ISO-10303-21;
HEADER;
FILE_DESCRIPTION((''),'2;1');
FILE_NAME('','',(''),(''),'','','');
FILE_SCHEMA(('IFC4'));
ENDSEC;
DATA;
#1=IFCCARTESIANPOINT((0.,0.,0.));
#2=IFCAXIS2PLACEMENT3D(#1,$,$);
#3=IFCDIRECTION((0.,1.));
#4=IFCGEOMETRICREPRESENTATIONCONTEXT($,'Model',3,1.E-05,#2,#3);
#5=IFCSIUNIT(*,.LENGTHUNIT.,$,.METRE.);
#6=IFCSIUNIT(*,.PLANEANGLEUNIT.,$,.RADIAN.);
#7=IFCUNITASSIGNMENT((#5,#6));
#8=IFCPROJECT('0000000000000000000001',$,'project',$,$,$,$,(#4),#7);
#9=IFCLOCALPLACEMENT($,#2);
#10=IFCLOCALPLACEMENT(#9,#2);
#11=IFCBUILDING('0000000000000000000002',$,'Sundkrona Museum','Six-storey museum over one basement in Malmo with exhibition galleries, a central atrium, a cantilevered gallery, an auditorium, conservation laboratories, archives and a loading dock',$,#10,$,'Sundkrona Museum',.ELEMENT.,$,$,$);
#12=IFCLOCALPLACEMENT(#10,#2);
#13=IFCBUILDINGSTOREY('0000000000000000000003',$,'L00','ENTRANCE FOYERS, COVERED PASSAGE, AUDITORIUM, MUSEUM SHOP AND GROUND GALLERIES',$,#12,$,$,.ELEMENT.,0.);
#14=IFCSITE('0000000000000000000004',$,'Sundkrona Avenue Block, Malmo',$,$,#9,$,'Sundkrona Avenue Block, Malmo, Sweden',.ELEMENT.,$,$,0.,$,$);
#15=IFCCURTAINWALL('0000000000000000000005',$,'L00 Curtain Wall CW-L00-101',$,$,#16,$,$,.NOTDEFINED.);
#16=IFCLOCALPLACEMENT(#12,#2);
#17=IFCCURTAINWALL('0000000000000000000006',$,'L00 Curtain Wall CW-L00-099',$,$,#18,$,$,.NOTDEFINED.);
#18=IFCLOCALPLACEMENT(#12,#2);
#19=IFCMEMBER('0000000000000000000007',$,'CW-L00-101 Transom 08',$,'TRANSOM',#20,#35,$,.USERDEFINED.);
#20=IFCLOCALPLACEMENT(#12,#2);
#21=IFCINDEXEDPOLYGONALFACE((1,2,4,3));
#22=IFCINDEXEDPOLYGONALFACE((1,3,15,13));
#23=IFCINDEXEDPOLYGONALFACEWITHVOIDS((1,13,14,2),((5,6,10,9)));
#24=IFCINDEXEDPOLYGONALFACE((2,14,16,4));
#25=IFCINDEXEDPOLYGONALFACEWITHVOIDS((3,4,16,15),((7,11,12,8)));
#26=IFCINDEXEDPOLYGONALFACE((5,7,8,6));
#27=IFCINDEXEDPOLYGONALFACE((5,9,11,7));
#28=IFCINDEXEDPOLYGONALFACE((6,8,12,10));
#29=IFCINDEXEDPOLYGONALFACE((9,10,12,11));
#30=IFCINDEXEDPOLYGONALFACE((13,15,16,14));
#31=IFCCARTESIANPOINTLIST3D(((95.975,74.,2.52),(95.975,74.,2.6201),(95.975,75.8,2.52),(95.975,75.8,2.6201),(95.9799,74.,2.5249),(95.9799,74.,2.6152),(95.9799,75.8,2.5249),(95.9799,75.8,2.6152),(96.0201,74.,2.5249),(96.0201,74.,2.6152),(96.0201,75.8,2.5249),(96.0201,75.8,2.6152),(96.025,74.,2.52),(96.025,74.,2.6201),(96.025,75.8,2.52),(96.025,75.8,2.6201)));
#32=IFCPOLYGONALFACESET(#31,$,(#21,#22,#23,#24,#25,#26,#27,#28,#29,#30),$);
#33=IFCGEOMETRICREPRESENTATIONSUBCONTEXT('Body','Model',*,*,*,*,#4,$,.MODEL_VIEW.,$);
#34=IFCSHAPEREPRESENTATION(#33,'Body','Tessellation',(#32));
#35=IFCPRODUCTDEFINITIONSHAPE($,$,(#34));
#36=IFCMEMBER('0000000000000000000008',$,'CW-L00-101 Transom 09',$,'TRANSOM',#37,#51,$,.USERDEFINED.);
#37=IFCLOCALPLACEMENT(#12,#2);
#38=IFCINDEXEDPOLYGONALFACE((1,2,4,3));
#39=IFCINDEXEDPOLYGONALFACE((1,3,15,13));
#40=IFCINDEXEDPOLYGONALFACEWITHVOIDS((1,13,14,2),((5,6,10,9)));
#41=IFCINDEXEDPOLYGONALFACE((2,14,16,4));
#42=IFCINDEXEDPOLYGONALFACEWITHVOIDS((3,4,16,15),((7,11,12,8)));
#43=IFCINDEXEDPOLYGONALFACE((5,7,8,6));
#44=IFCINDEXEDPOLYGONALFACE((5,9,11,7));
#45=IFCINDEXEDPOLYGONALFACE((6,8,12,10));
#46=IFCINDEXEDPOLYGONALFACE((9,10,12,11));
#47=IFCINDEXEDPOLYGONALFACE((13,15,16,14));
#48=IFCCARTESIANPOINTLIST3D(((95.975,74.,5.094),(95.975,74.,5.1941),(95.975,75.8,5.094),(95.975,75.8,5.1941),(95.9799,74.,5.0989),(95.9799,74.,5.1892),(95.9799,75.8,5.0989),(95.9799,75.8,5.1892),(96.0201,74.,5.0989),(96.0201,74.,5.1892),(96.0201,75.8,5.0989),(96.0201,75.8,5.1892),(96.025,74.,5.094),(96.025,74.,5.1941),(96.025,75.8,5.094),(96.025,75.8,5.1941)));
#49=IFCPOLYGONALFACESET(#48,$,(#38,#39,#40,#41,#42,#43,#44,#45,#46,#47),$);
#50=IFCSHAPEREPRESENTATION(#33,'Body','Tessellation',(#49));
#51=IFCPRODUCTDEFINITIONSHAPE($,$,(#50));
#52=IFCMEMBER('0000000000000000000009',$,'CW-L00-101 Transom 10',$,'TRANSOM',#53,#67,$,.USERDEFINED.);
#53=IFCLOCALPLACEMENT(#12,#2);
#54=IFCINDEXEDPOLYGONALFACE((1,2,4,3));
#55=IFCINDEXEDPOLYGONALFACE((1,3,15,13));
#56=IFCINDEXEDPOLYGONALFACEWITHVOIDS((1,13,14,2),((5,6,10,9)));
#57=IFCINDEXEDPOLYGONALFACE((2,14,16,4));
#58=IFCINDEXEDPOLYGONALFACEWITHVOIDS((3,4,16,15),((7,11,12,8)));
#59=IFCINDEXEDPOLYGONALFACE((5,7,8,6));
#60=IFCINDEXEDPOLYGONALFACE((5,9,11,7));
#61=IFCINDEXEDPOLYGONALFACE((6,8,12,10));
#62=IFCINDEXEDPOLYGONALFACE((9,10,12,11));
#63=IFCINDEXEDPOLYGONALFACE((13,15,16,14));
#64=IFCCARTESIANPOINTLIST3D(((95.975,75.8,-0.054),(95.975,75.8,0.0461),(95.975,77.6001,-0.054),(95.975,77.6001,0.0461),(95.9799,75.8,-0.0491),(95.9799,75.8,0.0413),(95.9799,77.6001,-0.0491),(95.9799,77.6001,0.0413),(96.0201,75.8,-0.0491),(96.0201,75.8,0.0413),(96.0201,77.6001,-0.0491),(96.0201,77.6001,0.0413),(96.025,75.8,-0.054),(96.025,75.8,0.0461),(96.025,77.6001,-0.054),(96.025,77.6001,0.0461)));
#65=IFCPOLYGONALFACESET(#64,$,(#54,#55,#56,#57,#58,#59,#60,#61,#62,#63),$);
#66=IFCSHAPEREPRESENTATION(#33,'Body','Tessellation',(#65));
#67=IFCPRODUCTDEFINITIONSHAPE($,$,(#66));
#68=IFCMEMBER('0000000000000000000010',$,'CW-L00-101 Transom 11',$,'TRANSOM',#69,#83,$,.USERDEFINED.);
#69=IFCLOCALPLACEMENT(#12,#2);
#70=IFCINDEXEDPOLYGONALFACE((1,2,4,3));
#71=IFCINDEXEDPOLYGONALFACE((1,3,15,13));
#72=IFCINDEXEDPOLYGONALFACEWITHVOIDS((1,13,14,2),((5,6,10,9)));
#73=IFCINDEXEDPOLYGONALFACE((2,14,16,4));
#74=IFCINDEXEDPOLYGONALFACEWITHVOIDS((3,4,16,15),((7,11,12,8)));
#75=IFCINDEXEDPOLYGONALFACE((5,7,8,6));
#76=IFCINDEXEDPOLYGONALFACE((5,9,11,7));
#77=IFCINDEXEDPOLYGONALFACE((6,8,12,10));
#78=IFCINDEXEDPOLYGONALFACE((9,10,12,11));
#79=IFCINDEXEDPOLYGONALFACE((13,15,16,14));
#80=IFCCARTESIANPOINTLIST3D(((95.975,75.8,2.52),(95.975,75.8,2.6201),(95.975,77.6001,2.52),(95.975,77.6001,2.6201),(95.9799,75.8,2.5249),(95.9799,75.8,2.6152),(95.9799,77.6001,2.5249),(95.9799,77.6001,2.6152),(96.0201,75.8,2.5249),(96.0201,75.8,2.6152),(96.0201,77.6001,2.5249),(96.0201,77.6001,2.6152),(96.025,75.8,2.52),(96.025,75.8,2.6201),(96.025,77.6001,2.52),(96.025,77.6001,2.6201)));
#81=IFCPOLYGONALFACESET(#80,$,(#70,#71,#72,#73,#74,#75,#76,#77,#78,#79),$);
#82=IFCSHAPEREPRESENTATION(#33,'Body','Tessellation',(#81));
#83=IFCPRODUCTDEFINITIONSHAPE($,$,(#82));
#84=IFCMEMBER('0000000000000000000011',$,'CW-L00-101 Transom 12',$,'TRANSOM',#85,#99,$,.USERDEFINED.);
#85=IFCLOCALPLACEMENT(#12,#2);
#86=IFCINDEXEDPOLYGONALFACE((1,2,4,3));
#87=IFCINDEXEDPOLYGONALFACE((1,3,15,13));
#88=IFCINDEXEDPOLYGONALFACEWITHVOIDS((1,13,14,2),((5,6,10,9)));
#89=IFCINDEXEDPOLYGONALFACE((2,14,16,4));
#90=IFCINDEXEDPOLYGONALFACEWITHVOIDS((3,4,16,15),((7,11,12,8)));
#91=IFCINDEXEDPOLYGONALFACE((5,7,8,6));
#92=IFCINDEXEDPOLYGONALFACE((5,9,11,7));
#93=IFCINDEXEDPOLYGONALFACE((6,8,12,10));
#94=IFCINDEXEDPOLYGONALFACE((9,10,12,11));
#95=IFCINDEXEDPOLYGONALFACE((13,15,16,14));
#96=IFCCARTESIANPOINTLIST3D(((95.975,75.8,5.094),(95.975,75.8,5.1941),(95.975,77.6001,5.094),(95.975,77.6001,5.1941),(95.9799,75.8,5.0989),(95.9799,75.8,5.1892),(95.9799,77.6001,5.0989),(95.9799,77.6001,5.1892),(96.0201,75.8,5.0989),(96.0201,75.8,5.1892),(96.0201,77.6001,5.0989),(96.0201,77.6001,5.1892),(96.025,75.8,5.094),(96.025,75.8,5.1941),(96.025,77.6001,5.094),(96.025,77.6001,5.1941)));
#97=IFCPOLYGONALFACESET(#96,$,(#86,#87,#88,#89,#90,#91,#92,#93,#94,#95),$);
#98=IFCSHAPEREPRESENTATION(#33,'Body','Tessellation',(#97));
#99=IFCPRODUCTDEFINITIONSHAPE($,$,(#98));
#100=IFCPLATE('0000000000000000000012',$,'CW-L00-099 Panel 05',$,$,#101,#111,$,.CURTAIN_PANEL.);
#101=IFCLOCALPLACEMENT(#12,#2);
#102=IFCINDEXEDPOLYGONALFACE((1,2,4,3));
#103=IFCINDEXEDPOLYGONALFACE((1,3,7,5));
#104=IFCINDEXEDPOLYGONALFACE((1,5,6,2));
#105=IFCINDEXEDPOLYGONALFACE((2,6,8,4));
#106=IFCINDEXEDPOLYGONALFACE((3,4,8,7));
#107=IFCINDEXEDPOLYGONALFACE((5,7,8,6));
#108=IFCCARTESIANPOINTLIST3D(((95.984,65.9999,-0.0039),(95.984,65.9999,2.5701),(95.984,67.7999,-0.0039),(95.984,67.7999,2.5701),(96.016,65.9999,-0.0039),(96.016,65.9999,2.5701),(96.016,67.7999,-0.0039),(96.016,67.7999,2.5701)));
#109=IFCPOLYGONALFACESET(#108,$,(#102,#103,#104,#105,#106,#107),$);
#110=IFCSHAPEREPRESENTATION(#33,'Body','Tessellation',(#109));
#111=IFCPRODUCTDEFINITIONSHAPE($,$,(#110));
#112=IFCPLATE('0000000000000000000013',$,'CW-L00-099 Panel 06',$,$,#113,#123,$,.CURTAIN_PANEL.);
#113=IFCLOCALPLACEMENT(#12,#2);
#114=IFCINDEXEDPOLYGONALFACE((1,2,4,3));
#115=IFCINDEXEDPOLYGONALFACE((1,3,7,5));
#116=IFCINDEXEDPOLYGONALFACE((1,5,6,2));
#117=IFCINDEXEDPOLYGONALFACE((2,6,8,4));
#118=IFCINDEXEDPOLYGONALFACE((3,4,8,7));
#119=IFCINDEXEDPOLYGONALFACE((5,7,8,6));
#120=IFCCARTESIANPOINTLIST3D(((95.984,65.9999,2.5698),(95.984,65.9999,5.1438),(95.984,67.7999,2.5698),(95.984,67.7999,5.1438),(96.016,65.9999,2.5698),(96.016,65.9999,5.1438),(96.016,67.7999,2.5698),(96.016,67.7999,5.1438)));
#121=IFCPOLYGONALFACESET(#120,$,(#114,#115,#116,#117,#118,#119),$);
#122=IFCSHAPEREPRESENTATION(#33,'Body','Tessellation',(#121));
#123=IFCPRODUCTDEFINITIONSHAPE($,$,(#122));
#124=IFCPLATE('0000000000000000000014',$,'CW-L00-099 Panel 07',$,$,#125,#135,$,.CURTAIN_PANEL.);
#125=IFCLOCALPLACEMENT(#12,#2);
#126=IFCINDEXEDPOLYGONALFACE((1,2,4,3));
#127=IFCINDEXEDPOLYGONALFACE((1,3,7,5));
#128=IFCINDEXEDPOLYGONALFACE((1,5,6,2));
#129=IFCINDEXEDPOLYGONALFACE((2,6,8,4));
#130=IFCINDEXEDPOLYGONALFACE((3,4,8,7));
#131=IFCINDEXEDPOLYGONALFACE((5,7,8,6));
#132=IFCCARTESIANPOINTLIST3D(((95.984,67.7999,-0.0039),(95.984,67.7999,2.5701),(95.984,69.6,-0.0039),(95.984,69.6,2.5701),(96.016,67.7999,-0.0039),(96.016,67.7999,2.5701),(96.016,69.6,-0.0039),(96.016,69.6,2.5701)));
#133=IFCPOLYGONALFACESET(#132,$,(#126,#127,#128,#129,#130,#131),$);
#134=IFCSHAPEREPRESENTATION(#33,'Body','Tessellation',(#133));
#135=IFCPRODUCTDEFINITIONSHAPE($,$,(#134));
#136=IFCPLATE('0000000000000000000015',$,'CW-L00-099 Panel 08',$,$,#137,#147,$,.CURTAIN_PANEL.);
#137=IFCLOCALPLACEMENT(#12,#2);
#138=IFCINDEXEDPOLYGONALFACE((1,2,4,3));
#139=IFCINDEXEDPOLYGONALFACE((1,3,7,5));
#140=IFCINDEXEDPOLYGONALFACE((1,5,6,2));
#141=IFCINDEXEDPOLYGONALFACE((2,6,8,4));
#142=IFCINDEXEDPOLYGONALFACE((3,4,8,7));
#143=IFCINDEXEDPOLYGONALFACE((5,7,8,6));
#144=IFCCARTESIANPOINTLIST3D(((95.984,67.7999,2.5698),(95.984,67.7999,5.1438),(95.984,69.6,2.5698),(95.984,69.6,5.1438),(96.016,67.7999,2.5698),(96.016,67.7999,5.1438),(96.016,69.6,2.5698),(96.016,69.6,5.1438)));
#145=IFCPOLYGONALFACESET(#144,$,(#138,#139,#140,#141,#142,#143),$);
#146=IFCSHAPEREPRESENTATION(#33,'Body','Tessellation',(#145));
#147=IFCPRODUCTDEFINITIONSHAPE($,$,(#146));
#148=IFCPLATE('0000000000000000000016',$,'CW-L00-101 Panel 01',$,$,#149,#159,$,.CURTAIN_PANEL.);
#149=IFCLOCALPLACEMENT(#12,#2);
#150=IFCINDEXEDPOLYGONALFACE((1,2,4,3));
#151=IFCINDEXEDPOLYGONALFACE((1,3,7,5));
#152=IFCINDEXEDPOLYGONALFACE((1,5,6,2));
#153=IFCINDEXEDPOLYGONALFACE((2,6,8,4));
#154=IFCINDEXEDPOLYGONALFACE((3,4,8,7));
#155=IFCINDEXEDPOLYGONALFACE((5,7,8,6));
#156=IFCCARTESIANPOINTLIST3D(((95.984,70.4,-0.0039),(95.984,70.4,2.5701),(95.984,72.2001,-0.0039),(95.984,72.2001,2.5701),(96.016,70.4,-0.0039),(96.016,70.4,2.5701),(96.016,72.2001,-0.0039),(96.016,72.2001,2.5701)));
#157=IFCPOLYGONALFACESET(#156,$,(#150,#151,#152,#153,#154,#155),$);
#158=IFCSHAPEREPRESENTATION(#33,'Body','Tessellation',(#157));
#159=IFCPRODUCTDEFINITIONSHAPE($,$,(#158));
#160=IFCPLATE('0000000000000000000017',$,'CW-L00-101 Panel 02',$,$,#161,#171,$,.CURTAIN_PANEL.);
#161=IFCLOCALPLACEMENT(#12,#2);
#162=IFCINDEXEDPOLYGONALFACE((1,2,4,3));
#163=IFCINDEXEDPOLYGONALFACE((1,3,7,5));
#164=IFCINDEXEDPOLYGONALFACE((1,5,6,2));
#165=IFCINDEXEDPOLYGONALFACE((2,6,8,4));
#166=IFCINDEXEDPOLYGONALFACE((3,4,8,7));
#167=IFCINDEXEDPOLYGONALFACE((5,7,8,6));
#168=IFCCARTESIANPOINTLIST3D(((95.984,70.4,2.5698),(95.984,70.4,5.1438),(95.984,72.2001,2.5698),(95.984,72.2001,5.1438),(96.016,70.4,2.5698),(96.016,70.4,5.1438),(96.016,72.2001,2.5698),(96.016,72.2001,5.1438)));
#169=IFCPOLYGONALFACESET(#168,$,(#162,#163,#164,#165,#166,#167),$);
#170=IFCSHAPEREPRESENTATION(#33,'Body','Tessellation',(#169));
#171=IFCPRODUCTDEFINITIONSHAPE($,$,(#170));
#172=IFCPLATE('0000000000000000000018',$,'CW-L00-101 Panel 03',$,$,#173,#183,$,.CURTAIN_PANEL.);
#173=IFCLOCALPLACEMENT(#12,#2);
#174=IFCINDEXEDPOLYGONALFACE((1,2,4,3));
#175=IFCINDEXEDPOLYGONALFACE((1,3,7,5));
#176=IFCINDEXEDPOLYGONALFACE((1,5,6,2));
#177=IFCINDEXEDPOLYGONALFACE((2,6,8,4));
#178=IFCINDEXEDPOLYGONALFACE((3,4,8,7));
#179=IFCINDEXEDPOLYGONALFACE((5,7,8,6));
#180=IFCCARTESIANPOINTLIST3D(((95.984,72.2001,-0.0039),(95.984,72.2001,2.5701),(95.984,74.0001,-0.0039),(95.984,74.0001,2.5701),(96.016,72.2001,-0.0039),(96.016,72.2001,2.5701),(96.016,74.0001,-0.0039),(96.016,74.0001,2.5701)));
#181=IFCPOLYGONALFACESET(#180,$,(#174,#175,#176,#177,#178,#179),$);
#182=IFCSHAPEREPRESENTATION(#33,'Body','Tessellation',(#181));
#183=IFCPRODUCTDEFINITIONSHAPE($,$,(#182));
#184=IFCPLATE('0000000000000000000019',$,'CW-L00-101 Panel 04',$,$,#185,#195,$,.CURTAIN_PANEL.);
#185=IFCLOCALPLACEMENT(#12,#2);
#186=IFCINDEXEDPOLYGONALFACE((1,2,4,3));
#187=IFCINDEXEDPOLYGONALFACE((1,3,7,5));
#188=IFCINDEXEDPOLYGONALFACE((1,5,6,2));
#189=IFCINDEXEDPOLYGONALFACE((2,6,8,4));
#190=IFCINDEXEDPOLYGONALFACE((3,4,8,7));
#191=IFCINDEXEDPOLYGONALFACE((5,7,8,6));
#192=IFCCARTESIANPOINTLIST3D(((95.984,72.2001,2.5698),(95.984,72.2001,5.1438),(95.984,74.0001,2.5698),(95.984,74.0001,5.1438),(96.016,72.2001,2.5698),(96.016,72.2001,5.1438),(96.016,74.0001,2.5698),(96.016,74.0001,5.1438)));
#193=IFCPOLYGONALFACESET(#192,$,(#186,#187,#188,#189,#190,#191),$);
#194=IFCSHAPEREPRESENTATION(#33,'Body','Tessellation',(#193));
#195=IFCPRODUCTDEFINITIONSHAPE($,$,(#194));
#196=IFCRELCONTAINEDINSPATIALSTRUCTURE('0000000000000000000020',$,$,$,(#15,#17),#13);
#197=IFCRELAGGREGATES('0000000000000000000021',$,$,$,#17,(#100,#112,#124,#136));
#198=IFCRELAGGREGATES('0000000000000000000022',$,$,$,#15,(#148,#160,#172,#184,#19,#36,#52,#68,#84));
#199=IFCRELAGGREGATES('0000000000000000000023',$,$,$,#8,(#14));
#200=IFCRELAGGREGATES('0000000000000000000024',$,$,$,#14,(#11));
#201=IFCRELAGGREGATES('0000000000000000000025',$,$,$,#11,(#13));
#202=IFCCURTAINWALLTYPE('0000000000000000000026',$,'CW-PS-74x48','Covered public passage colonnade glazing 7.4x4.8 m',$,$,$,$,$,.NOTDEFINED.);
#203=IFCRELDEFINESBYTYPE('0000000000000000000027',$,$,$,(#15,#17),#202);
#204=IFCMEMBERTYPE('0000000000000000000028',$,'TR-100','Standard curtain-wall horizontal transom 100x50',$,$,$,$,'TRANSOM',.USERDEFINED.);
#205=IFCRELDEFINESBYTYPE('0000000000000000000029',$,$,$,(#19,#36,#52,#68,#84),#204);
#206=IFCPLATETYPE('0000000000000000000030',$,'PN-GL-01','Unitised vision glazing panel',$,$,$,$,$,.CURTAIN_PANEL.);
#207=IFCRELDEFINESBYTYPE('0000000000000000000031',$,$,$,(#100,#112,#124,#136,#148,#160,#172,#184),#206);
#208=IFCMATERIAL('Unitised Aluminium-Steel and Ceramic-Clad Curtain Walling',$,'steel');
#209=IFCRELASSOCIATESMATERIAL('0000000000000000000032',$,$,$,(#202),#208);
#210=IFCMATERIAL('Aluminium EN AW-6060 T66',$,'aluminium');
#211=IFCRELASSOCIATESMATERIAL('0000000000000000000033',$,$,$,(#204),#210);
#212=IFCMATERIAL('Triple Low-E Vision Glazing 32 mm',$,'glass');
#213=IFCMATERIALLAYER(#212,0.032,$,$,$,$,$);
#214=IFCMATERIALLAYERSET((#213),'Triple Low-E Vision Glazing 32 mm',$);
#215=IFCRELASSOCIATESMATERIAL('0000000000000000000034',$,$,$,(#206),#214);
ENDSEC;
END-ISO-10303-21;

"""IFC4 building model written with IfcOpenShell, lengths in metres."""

from ifc_helpers import new_model, si_unit, direction, frame, origin, origin_2d, place, context, subcontext, project, spatial, rectangle, hollow_rectangle, extrude, material, layer, layer_set, material_profile, profile_set, type_object, element, aggregate, save


model = new_model("IFC4")

# Units and contexts
model_context = context("Model", 3, precision=1e-05, world=origin(), true_north=direction((0.0, 1.0)))
body_context = subcontext(model_context, "Body", "Model", "MODEL_VIEW")
ifc_project = project(units=[si_unit("LENGTHUNIT", "METRE"), si_unit("PLANEANGLEUNIT", "RADIAN")], contexts=[model_context])

# Site, building, storey
site_placement = place(None, origin())
site = spatial("IfcSite", under=ifc_project, at=site_placement, Name="Sundkrona Avenue Block, Malmo", LongName="Sundkrona Avenue Block, Malmo, Sweden", CompositionType="ELEMENT", RefElevation=0.0)
building_placement = place(site_placement, origin())
building = spatial("IfcBuilding", under=site, at=building_placement, Name="Sundkrona Museum", Description="Six-storey museum over one basement in Malmo with exhibition galleries, a central atrium, a cantilevered gallery, an auditorium, conservation laboratories, archives and a loading dock", LongName="Sundkrona Museum", CompositionType="ELEMENT")
storey_placement = place(building_placement, origin())
storey = spatial("IfcBuildingStorey", under=building, at=storey_placement, Name="L00", Description="ENTRANCE FOYERS, COVERED PASSAGE, AUDITORIUM, MUSEUM SHOP AND GROUND GALLERIES", CompositionType="ELEMENT", Elevation=0.0)

# Curtain walls
ifc_material_1 = material(Name="Unitised Aluminium-Steel and Ceramic-Clad Curtain Walling", Category="steel")
curtain_wall_type = type_object("IfcCurtainWallType", Name="CW-PS-74x48", Description="Covered public passage colonnade glazing 7.4x4.8 m", PredefinedType="NOTDEFINED", material=ifc_material_1)
curtain_wall_1_placement = place(storey_placement, origin())
curtain_wall_1 = element("IfcCurtainWall", 1, at=curtain_wall_1_placement, inside=storey, type_object=curtain_wall_type, Name="L00 Curtain Wall CW-L00-101", PredefinedType="NOTDEFINED")
ifc_material_2 = material(Name="Aluminium EN AW-6060 T66", Category="aluminium")
curtain_wall_2_placement = place(storey_placement, origin())
curtain_wall_2 = element("IfcCurtainWall", 2, at=curtain_wall_2_placement, inside=storey, type_object=curtain_wall_type, Name="L00 Curtain Wall CW-L00-099", PredefinedType="NOTDEFINED")
ifc_material_profile_1 = material_profile(ifc_material_2, hollow_rectangle(XDim=0.05, YDim=0.1001, WallThickness=0.0049, at=origin_2d()), Name="RHS 100x50x5.0")
ifc_profile_set_1 = profile_set([ifc_material_profile_1], Name="Aluminium EN AW-6060 T66")
member_type_1 = type_object("IfcMemberType", Name="TR-100", Description="Standard curtain-wall horizontal transom 100x50", ElementType="TRANSOM", PredefinedType="USERDEFINED", material=ifc_profile_set_1)

# Members
member_1_placement = place(storey_placement, frame((96.0, 74.0, 2.5701), z_axis=(0.0, 1.0, 0.0), x_axis=(-1.0, 0.0, 0.0)))
member_1 = element("IfcMember", 3, at=member_1_placement, type_object=member_type_1, Name="CW-L00-101 Transom 08", ObjectType="TRANSOM", PredefinedType="USERDEFINED", context=body_context, shape_type="SweptSolid", body=[
    extrude(hollow_rectangle(XDim=0.05, YDim=0.1001, WallThickness=0.0049, at=origin_2d()), origin(), (0.0, 0.0, 1.0), 1.8),
])
member_2_placement = place(storey_placement, frame((96.0, 74.0, 5.144), z_axis=(0.0, 1.0, 0.0), x_axis=(-1.0, 0.0, 0.0)))
member_2 = element("IfcMember", 4, at=member_2_placement, type_object=member_type_1, Name="CW-L00-101 Transom 09", ObjectType="TRANSOM", PredefinedType="USERDEFINED", context=body_context, shape_type="SweptSolid", body=[
    extrude(hollow_rectangle(XDim=0.05, YDim=0.1001, WallThickness=0.0049, at=origin_2d()), origin(), (0.0, 0.0, 1.0), 1.8),
])
member_3_placement = place(storey_placement, frame((96.0, 75.8, -0.0039), z_axis=(0.0, 1.0, 0.0), x_axis=(-1.0, 0.0, 0.0)))
member_3 = element("IfcMember", 5, at=member_3_placement, type_object=member_type_1, Name="CW-L00-101 Transom 10", ObjectType="TRANSOM", PredefinedType="USERDEFINED", context=body_context, shape_type="SweptSolid", body=[
    extrude(hollow_rectangle(XDim=0.05, YDim=0.1001, WallThickness=0.0049, at=origin_2d()), origin(), (0.0, 0.0, 1.0), 1.8),
])
member_4_placement = place(storey_placement, frame((96.0, 75.8, 2.5701), z_axis=(0.0, 1.0, 0.0), x_axis=(-1.0, 0.0, 0.0)))
member_4 = element("IfcMember", 6, at=member_4_placement, type_object=member_type_1, Name="CW-L00-101 Transom 11", ObjectType="TRANSOM", PredefinedType="USERDEFINED", context=body_context, shape_type="SweptSolid", body=[
    extrude(hollow_rectangle(XDim=0.05, YDim=0.1001, WallThickness=0.0049, at=origin_2d()), origin(), (0.0, 0.0, 1.0), 1.8),
])
member_5_placement = place(storey_placement, frame((96.0, 75.8, 5.144), z_axis=(0.0, 1.0, 0.0), x_axis=(-1.0, 0.0, 0.0)))
member_5 = element("IfcMember", 7, at=member_5_placement, type_object=member_type_1, Name="CW-L00-101 Transom 12", ObjectType="TRANSOM", PredefinedType="USERDEFINED", context=body_context, shape_type="SweptSolid", body=[
    extrude(hollow_rectangle(XDim=0.05, YDim=0.1001, WallThickness=0.0049, at=origin_2d()), origin(), (0.0, 0.0, 1.0), 1.8),
])

# Plates
ifc_material_3 = material(Name="Triple Low-E Vision Glazing 32 mm", Category="glass")
ifc_layer = layer(ifc_material_3, 0.032)
ifc_layer_set = layer_set([ifc_layer], Name="Triple Low-E Vision Glazing 32 mm")
plate_type = type_object("IfcPlateType", Name="PN-GL-01", Description="Unitised vision glazing panel", PredefinedType="CURTAIN_PANEL", material=ifc_layer_set)
plate_1_placement = place(storey_placement, frame((96.0, 66.8999, -0.0039), z_axis=(0.0, 0.0, 1.0), x_axis=(0.0, 1.0, 0.0)))
plate_1 = element("IfcPlate", 8, at=plate_1_placement, type_object=plate_type, Name="CW-L00-099 Panel 05", PredefinedType="CURTAIN_PANEL", context=body_context, shape_type="SweptSolid", body=[
    extrude(rectangle(XDim=1.8, YDim=0.032, at=origin_2d()), origin(), (0.0, 0.0, 1.0), 2.574),
])
plate_2_placement = place(storey_placement, frame((96.0, 66.8999, 2.5698), z_axis=(0.0, 0.0, 1.0), x_axis=(0.0, 1.0, 0.0)))
plate_2 = element("IfcPlate", 9, at=plate_2_placement, type_object=plate_type, Name="CW-L00-099 Panel 06", PredefinedType="CURTAIN_PANEL", context=body_context, shape_type="SweptSolid", body=[
    extrude(rectangle(XDim=1.8, YDim=0.032, at=origin_2d()), origin(), (0.0, 0.0, 1.0), 2.574),
])
plate_3_placement = place(storey_placement, frame((96.0, 68.7, -0.0039), z_axis=(0.0, 0.0, 1.0), x_axis=(0.0, 1.0, 0.0)))
plate_3 = element("IfcPlate", 10, at=plate_3_placement, type_object=plate_type, Name="CW-L00-099 Panel 07", PredefinedType="CURTAIN_PANEL", context=body_context, shape_type="SweptSolid", body=[
    extrude(rectangle(XDim=1.8, YDim=0.032, at=origin_2d()), origin(), (0.0, 0.0, 1.0), 2.574),
])
plate_4_placement = place(storey_placement, frame((96.0, 68.7, 2.5698), z_axis=(0.0, 0.0, 1.0), x_axis=(0.0, 1.0, 0.0)))
plate_4 = element("IfcPlate", 11, at=plate_4_placement, type_object=plate_type, Name="CW-L00-099 Panel 08", PredefinedType="CURTAIN_PANEL", context=body_context, shape_type="SweptSolid", body=[
    extrude(rectangle(XDim=1.8, YDim=0.032, at=origin_2d()), origin(), (0.0, 0.0, 1.0), 2.574),
])
aggregate(curtain_wall_2, [plate_1, plate_2, plate_3, plate_4])
plate_5_placement = place(storey_placement, frame((96.0, 71.3, -0.0039), z_axis=(0.0, 0.0, 1.0), x_axis=(0.0, 1.0, 0.0)))
plate_5 = element("IfcPlate", 12, at=plate_5_placement, type_object=plate_type, Name="CW-L00-101 Panel 01", PredefinedType="CURTAIN_PANEL", context=body_context, shape_type="SweptSolid", body=[
    extrude(rectangle(XDim=1.8, YDim=0.032, at=origin_2d()), origin(), (0.0, 0.0, 1.0), 2.574),
])
plate_6_placement = place(storey_placement, frame((96.0, 71.3, 2.5698), z_axis=(0.0, 0.0, 1.0), x_axis=(0.0, 1.0, 0.0)))
plate_6 = element("IfcPlate", 13, at=plate_6_placement, type_object=plate_type, Name="CW-L00-101 Panel 02", PredefinedType="CURTAIN_PANEL", context=body_context, shape_type="SweptSolid", body=[
    extrude(rectangle(XDim=1.8, YDim=0.032, at=origin_2d()), origin(), (0.0, 0.0, 1.0), 2.574),
])
plate_7_placement = place(storey_placement, frame((96.0, 73.1001, -0.0039), z_axis=(0.0, 0.0, 1.0), x_axis=(0.0, 1.0, 0.0)))
plate_7 = element("IfcPlate", 14, at=plate_7_placement, type_object=plate_type, Name="CW-L00-101 Panel 03", PredefinedType="CURTAIN_PANEL", context=body_context, shape_type="SweptSolid", body=[
    extrude(rectangle(XDim=1.8, YDim=0.032, at=origin_2d()), origin(), (0.0, 0.0, 1.0), 2.574),
])
plate_8_placement = place(storey_placement, frame((96.0, 73.1001, 2.5698), z_axis=(0.0, 0.0, 1.0), x_axis=(0.0, 1.0, 0.0)))
plate_8 = element("IfcPlate", 15, at=plate_8_placement, type_object=plate_type, Name="CW-L00-101 Panel 04", PredefinedType="CURTAIN_PANEL", context=body_context, shape_type="SweptSolid", body=[
    extrude(rectangle(XDim=1.8, YDim=0.032, at=origin_2d()), origin(), (0.0, 0.0, 1.0), 2.574),
])
aggregate(curtain_wall_1, [plate_5, plate_6, plate_7, plate_8, member_1, member_2, member_3, member_4, member_5])

save(model, "model.ifc")
